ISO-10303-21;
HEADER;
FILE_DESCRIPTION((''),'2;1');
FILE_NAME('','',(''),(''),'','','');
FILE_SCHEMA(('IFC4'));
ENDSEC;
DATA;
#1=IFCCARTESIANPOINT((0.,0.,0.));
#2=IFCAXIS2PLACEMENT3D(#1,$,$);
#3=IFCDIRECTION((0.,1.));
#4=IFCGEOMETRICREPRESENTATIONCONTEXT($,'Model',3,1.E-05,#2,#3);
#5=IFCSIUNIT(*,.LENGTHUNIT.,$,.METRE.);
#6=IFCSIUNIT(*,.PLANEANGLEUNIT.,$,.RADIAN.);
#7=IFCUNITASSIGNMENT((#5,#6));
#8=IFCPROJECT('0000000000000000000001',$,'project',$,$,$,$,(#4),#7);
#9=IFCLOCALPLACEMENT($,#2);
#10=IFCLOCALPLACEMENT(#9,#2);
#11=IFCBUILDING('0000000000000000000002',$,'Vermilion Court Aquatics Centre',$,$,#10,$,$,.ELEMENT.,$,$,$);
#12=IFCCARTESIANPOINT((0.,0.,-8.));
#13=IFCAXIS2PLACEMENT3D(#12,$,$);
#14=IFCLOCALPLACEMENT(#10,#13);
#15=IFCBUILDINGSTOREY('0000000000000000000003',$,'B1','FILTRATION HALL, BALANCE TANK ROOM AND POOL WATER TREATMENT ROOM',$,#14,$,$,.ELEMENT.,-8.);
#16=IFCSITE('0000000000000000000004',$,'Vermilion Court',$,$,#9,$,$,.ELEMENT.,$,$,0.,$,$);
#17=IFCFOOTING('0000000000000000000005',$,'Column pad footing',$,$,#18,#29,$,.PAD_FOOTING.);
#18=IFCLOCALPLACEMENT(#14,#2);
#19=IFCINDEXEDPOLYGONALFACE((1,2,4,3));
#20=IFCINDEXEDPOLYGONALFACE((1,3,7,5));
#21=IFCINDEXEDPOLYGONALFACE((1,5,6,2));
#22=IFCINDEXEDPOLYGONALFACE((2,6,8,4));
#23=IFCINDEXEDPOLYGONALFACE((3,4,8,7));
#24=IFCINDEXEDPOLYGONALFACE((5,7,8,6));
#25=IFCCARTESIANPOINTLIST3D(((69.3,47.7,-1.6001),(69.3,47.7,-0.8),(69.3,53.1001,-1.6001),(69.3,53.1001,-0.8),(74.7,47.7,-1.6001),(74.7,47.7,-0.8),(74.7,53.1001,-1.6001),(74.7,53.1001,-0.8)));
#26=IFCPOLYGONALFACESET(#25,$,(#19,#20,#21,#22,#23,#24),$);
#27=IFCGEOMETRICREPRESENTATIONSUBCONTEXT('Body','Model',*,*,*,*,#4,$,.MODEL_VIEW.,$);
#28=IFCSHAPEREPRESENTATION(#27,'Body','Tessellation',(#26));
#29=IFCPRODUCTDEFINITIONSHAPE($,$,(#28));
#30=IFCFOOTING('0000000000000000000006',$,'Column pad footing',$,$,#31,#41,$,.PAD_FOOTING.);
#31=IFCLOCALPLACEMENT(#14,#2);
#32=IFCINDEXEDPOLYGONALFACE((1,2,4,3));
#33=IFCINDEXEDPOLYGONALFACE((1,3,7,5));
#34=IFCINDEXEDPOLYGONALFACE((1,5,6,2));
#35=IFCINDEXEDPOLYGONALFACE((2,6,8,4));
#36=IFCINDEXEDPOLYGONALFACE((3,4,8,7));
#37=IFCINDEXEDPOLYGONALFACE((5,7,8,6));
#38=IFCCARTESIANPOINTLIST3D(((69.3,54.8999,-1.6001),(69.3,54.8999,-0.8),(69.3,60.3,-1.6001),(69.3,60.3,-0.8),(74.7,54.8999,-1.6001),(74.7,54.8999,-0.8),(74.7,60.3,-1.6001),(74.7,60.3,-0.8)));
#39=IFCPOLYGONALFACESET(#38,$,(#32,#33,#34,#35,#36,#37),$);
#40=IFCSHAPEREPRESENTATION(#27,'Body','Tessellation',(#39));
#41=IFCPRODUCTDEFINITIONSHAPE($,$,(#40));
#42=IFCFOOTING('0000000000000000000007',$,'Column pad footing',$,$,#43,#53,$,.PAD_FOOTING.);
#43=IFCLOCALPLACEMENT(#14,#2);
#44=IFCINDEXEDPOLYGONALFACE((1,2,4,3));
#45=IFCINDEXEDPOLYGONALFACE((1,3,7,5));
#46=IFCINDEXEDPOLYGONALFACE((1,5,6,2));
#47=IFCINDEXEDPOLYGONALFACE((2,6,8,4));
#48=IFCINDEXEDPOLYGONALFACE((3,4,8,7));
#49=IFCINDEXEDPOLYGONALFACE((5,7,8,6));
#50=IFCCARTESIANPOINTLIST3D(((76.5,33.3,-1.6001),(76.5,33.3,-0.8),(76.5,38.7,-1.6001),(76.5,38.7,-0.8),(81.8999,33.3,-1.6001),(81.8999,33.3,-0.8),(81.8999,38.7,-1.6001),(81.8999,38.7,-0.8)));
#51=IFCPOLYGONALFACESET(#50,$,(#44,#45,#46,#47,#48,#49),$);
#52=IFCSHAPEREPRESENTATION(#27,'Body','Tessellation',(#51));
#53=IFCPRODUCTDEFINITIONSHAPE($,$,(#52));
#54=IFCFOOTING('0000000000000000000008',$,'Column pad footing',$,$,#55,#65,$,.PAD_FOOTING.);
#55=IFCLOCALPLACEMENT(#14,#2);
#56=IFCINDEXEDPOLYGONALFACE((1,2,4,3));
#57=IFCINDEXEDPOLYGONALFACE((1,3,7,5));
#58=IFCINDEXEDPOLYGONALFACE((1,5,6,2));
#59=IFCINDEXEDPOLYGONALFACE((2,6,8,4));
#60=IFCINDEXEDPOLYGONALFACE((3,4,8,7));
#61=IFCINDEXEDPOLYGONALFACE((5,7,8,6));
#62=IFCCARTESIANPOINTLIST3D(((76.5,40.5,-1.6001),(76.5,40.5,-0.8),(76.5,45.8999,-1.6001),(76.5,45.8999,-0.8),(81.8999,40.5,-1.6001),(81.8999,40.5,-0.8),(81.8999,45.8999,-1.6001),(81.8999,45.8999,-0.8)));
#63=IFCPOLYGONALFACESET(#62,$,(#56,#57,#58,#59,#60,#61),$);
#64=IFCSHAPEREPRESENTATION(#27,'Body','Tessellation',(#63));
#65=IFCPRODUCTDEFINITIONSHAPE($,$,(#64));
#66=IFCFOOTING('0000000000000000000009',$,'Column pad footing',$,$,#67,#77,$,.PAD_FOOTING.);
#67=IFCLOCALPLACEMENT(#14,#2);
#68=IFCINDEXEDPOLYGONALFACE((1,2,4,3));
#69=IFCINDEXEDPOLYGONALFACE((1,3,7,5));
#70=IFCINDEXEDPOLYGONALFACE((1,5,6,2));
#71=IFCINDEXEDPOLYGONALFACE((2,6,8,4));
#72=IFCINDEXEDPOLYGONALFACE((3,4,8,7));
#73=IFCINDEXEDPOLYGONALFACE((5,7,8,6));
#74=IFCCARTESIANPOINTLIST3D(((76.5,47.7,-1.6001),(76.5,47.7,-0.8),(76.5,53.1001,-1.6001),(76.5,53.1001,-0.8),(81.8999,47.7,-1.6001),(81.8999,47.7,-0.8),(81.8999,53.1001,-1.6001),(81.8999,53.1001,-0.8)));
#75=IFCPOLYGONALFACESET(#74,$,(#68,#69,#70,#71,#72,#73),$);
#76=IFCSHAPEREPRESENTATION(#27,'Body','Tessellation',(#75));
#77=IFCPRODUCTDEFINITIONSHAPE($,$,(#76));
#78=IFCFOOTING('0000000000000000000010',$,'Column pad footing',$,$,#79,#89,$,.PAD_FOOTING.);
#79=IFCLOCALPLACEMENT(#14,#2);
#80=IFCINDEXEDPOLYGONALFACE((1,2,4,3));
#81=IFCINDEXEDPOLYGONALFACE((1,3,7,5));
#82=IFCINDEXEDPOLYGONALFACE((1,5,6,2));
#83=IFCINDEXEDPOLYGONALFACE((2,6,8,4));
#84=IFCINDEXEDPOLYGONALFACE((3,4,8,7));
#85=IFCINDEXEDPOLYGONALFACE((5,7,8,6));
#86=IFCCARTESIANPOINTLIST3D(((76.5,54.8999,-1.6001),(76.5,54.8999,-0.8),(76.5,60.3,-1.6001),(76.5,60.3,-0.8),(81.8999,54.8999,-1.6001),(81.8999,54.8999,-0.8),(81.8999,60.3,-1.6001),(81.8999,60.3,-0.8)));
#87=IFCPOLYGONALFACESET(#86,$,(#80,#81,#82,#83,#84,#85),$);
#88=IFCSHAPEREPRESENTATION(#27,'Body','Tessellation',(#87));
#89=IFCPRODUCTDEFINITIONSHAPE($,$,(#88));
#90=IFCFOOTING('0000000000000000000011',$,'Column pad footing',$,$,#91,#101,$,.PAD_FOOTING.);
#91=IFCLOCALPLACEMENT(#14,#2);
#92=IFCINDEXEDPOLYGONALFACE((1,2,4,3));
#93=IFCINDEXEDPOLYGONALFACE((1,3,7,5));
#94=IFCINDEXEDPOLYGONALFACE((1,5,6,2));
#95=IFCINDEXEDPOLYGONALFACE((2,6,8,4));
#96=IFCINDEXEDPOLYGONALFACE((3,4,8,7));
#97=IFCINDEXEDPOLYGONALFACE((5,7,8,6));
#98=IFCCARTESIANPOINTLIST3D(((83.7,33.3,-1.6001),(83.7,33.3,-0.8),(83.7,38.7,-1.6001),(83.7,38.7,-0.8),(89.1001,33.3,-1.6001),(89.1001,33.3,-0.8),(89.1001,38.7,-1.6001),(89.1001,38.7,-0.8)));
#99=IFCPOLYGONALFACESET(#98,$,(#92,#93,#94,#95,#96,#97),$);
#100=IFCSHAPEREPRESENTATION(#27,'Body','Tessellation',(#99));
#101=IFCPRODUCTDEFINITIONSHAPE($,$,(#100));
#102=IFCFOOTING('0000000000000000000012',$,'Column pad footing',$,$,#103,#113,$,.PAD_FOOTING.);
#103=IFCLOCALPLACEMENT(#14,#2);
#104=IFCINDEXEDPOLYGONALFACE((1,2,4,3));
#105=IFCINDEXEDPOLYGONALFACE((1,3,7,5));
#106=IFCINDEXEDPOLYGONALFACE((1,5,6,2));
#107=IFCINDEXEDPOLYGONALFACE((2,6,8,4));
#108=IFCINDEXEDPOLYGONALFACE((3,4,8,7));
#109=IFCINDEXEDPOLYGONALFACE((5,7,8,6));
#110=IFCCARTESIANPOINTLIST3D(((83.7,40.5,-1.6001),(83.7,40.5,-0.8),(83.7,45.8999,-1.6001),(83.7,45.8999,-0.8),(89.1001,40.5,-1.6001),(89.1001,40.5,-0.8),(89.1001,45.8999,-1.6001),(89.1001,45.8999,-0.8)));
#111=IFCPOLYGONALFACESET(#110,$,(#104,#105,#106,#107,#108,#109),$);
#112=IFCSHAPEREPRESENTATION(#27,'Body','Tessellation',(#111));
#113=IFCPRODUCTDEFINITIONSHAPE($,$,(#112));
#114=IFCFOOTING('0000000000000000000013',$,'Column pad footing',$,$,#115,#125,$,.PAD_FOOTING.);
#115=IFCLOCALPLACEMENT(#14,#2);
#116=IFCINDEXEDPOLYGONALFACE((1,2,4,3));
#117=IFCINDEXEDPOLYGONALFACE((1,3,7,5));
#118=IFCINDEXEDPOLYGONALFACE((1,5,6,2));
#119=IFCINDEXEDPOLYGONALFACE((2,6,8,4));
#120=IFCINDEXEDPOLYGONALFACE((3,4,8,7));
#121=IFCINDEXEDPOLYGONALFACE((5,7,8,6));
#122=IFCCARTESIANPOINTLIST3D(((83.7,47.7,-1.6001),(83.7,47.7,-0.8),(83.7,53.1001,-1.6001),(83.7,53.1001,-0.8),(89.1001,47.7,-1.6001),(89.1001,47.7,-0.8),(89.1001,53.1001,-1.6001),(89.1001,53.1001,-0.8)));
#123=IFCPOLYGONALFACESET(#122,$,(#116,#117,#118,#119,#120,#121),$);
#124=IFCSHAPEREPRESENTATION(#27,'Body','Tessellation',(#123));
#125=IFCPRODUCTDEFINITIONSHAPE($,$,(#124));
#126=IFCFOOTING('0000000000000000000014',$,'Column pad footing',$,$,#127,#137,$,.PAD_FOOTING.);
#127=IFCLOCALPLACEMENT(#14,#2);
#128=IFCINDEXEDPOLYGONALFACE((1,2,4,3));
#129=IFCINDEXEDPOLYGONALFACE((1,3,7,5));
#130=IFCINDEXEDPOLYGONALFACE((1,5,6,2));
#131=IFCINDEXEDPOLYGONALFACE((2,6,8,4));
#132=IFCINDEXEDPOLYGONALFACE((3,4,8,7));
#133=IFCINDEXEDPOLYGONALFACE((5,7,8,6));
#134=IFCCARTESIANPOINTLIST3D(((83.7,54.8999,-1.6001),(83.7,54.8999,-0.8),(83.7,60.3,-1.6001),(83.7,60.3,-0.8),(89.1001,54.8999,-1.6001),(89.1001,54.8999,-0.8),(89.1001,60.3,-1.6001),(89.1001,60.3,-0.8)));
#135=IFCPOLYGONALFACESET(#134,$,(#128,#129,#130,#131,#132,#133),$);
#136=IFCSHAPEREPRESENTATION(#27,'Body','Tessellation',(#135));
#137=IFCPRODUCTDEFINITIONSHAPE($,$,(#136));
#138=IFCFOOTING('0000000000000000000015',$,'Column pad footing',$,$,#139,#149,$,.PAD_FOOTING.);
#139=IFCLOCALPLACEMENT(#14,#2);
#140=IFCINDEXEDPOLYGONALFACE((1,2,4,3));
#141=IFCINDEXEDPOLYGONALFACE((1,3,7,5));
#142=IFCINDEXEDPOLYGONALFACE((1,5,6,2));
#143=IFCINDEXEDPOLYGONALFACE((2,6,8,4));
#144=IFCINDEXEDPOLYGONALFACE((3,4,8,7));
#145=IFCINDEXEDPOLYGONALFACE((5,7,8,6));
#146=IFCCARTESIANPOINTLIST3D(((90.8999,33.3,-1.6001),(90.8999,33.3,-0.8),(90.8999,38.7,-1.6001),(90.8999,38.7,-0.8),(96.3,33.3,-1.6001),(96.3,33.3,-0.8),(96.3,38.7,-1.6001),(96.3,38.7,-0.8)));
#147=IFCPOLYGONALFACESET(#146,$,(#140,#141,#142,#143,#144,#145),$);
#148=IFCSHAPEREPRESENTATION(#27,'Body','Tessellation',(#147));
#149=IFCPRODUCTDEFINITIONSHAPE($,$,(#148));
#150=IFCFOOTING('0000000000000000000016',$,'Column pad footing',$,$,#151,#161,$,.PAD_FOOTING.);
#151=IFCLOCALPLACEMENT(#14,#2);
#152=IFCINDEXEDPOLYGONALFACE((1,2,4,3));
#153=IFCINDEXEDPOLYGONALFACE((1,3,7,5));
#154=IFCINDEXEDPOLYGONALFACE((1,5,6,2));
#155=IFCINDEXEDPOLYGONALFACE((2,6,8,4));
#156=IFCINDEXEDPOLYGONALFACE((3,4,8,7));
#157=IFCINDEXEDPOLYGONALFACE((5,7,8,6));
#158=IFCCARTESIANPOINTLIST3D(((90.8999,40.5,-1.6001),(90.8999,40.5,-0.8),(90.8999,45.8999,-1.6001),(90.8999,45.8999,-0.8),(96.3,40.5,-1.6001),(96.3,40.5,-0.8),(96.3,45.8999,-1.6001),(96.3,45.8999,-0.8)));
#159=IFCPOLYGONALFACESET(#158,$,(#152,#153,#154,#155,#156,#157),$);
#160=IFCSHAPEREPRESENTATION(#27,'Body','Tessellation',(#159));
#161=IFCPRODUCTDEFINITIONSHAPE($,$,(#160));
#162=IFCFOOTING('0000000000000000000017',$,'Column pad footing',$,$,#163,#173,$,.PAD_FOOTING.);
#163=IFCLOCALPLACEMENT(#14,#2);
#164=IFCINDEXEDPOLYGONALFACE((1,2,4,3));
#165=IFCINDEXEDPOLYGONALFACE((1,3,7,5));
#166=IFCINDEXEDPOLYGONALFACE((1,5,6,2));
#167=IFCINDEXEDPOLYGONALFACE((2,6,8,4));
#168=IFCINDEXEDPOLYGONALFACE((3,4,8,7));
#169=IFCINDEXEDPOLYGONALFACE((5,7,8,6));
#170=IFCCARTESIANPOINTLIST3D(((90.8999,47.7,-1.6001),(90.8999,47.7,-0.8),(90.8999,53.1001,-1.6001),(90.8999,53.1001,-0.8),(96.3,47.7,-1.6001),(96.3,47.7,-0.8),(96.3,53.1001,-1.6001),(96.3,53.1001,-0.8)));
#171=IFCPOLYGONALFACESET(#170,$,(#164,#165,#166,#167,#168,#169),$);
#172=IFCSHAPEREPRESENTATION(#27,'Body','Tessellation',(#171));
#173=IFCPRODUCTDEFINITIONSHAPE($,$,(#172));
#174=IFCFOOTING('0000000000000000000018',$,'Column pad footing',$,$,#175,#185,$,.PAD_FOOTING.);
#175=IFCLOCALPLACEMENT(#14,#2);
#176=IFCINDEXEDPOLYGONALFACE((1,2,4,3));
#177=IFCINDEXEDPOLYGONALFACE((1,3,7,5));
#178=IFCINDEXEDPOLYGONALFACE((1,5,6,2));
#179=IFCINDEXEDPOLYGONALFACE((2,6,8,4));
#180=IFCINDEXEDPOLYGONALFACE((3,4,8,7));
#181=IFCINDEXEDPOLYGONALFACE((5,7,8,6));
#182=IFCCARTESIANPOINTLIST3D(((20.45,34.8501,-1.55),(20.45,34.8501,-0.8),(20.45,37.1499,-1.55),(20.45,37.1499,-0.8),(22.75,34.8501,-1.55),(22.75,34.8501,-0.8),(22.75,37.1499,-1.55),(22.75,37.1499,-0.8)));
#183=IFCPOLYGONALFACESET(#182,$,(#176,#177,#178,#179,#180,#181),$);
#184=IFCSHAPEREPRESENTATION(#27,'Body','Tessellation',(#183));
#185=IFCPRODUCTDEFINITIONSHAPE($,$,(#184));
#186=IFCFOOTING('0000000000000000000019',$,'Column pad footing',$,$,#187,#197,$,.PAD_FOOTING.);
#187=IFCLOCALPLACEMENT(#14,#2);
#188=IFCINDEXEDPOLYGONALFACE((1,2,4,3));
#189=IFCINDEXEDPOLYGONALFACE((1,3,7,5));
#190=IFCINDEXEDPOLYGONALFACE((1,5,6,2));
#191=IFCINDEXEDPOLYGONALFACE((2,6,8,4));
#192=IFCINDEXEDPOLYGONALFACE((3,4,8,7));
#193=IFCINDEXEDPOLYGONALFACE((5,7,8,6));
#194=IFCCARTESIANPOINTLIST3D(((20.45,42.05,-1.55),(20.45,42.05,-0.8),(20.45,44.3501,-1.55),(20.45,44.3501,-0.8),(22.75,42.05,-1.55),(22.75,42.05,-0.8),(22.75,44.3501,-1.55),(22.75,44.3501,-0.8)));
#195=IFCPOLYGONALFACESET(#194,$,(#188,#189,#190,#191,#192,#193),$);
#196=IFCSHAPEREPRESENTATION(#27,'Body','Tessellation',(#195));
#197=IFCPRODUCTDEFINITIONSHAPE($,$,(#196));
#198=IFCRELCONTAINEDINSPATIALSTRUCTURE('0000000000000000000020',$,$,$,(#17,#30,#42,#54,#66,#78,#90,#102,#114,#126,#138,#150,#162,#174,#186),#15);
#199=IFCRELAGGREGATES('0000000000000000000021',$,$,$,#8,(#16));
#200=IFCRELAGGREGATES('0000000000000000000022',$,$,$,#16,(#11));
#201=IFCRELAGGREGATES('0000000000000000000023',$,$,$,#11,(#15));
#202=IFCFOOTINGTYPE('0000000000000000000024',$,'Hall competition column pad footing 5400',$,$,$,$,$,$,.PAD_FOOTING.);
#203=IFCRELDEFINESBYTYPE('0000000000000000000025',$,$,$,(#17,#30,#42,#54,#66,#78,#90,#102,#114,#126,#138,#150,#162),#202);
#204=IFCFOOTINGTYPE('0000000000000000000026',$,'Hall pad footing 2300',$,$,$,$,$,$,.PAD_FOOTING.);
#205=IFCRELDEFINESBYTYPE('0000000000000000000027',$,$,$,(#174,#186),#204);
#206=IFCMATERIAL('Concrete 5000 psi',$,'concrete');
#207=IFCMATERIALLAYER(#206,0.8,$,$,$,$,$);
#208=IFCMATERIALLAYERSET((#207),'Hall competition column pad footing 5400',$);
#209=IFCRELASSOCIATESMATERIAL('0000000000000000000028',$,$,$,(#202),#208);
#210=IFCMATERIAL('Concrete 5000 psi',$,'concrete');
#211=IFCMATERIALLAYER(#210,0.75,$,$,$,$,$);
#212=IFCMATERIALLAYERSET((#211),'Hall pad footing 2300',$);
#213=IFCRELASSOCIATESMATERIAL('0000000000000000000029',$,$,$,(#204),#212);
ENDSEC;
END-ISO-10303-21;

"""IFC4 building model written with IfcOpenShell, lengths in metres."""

from ifc_helpers import new_model, si_unit, direction, frame, origin, place, context, subcontext, project, spatial, polyline, outline, extrude, material, layer, layer_set, type_object, element, save


model = new_model("IFC4")

# Units and contexts
model_context = context("Model", 3, precision=1e-05, world=origin(), true_north=direction((0.0, 1.0)))
body_context = subcontext(model_context, "Body", "Model", "MODEL_VIEW")
ifc_project = project(units=[si_unit("LENGTHUNIT", "METRE"), si_unit("PLANEANGLEUNIT", "RADIAN")], contexts=[model_context])

# Site, building, storey
site_placement = place(None, origin())
site = spatial("IfcSite", under=ifc_project, at=site_placement, Name="Vermilion Court", CompositionType="ELEMENT", RefElevation=0.0)
building_placement = place(site_placement, origin())
building = spatial("IfcBuilding", under=site, at=building_placement, Name="Vermilion Court Aquatics Centre", CompositionType="ELEMENT")
storey_placement = place(building_placement, frame((0.0, 0.0, -8.0)))
storey = spatial("IfcBuildingStorey", under=building, at=storey_placement, Name="B1", Description="FILTRATION HALL, BALANCE TANK ROOM AND POOL WATER TREATMENT ROOM", CompositionType="ELEMENT", Elevation=-8.0)

# Footings
ifc_material_1 = material(Name="Concrete 5000 psi", Category="concrete")
ifc_layer_1 = layer(ifc_material_1, 0.8)
ifc_layer_set_1 = layer_set([ifc_layer_1], Name="Hall competition column pad footing 5400")
footing_type_1 = type_object("IfcFootingType", Name="Hall competition column pad footing 5400", PredefinedType="PAD_FOOTING", material=ifc_layer_set_1)
footing_1_placement = place(storey_placement, frame((0.0, 0.0, -1.6001)))
element("IfcFooting", 1, at=footing_1_placement, inside=storey, type_object=footing_type_1, Name="Column pad footing", PredefinedType="PAD_FOOTING", context=body_context, shape_type="SweptSolid", body=[
    extrude(outline(polyline([(69.3, 47.7), (74.7, 47.7), (74.7, 53.1001), (69.3, 53.1001), (69.3, 47.7)])), origin(), (0.0, 0.0, 1.0), 0.8),
])
footing_2_placement = place(storey_placement, frame((0.0, 0.0, -1.6001)))
element("IfcFooting", 2, at=footing_2_placement, inside=storey, type_object=footing_type_1, Name="Column pad footing", PredefinedType="PAD_FOOTING", context=body_context, shape_type="SweptSolid", body=[
    extrude(outline(polyline([(69.3, 54.8999), (74.7, 54.8999), (74.7, 60.3), (69.3, 60.3), (69.3, 54.8999)])), origin(), (0.0, 0.0, 1.0), 0.8),
])
footing_3_placement = place(storey_placement, frame((0.0, 0.0, -1.6001)))
element("IfcFooting", 3, at=footing_3_placement, inside=storey, type_object=footing_type_1, Name="Column pad footing", PredefinedType="PAD_FOOTING", context=body_context, shape_type="SweptSolid", body=[
    extrude(outline(polyline([(76.5, 33.3), (81.8999, 33.3), (81.8999, 38.7), (76.5, 38.7), (76.5, 33.3)])), origin(), (0.0, 0.0, 1.0), 0.8),
])
footing_4_placement = place(storey_placement, frame((0.0, 0.0, -1.6001)))
element("IfcFooting", 4, at=footing_4_placement, inside=storey, type_object=footing_type_1, Name="Column pad footing", PredefinedType="PAD_FOOTING", context=body_context, shape_type="SweptSolid", body=[
    extrude(outline(polyline([(76.5, 40.5), (81.8999, 40.5), (81.8999, 45.8999), (76.5, 45.8999), (76.5, 40.5)])), origin(), (0.0, 0.0, 1.0), 0.8),
])
footing_5_placement = place(storey_placement, frame((0.0, 0.0, -1.6001)))
element("IfcFooting", 5, at=footing_5_placement, inside=storey, type_object=footing_type_1, Name="Column pad footing", PredefinedType="PAD_FOOTING", context=body_context, shape_type="SweptSolid", body=[
    extrude(outline(polyline([(76.5, 47.7), (81.8999, 47.7), (81.8999, 53.1001), (76.5, 53.1001), (76.5, 47.7)])), origin(), (0.0, 0.0, 1.0), 0.8),
])
footing_6_placement = place(storey_placement, frame((0.0, 0.0, -1.6001)))
element("IfcFooting", 6, at=footing_6_placement, inside=storey, type_object=footing_type_1, Name="Column pad footing", PredefinedType="PAD_FOOTING", context=body_context, shape_type="SweptSolid", body=[
    extrude(outline(polyline([(76.5, 54.8999), (81.8999, 54.8999), (81.8999, 60.3), (76.5, 60.3), (76.5, 54.8999)])), origin(), (0.0, 0.0, 1.0), 0.8),
])
footing_7_placement = place(storey_placement, frame((0.0, 0.0, -1.6001)))
element("IfcFooting", 7, at=footing_7_placement, inside=storey, type_object=footing_type_1, Name="Column pad footing", PredefinedType="PAD_FOOTING", context=body_context, shape_type="SweptSolid", body=[
    extrude(outline(polyline([(83.7, 33.3), (89.1001, 33.3), (89.1001, 38.7), (83.7, 38.7), (83.7, 33.3)])), origin(), (0.0, 0.0, 1.0), 0.8),
])
footing_8_placement = place(storey_placement, frame((0.0, 0.0, -1.6001)))
element("IfcFooting", 8, at=footing_8_placement, inside=storey, type_object=footing_type_1, Name="Column pad footing", PredefinedType="PAD_FOOTING", context=body_context, shape_type="SweptSolid", body=[
    extrude(outline(polyline([(83.7, 40.5), (89.1001, 40.5), (89.1001, 45.8999), (83.7, 45.8999), (83.7, 40.5)])), origin(), (0.0, 0.0, 1.0), 0.8),
])
footing_9_placement = place(storey_placement, frame((0.0, 0.0, -1.6001)))
element("IfcFooting", 9, at=footing_9_placement, inside=storey, type_object=footing_type_1, Name="Column pad footing", PredefinedType="PAD_FOOTING", context=body_context, shape_type="SweptSolid", body=[
    extrude(outline(polyline([(83.7, 47.7), (89.1001, 47.7), (89.1001, 53.1001), (83.7, 53.1001), (83.7, 47.7)])), origin(), (0.0, 0.0, 1.0), 0.8),
])
footing_10_placement = place(storey_placement, frame((0.0, 0.0, -1.6001)))
element("IfcFooting", 10, at=footing_10_placement, inside=storey, type_object=footing_type_1, Name="Column pad footing", PredefinedType="PAD_FOOTING", context=body_context, shape_type="SweptSolid", body=[
    extrude(outline(polyline([(83.7, 54.8999), (89.1001, 54.8999), (89.1001, 60.3), (83.7, 60.3), (83.7, 54.8999)])), origin(), (0.0, 0.0, 1.0), 0.8),
])
footing_11_placement = place(storey_placement, frame((0.0, 0.0, -1.6001)))
element("IfcFooting", 11, at=footing_11_placement, inside=storey, type_object=footing_type_1, Name="Column pad footing", PredefinedType="PAD_FOOTING", context=body_context, shape_type="SweptSolid", body=[
    extrude(outline(polyline([(90.8999, 33.3), (96.3, 33.3), (96.3, 38.7), (90.8999, 38.7), (90.8999, 33.3)])), origin(), (0.0, 0.0, 1.0), 0.8),
])
footing_12_placement = place(storey_placement, frame((0.0, 0.0, -1.6001)))
element("IfcFooting", 12, at=footing_12_placement, inside=storey, type_object=footing_type_1, Name="Column pad footing", PredefinedType="PAD_FOOTING", context=body_context, shape_type="SweptSolid", body=[
    extrude(outline(polyline([(90.8999, 40.5), (96.3, 40.5), (96.3, 45.8999), (90.8999, 45.8999), (90.8999, 40.5)])), origin(), (0.0, 0.0, 1.0), 0.8),
])
footing_13_placement = place(storey_placement, frame((0.0, 0.0, -1.6001)))
element("IfcFooting", 13, at=footing_13_placement, inside=storey, type_object=footing_type_1, Name="Column pad footing", PredefinedType="PAD_FOOTING", context=body_context, shape_type="SweptSolid", body=[
    extrude(outline(polyline([(90.8999, 47.7), (96.3, 47.7), (96.3, 53.1001), (90.8999, 53.1001), (90.8999, 47.7)])), origin(), (0.0, 0.0, 1.0), 0.8),
])
ifc_material_2 = material(Name="Concrete 5000 psi", Category="concrete")
ifc_layer_2 = layer(ifc_material_2, 0.75)
ifc_layer_set_2 = layer_set([ifc_layer_2], Name="Hall pad footing 2300")
footing_type_2 = type_object("IfcFootingType", Name="Hall pad footing 2300", PredefinedType="PAD_FOOTING", material=ifc_layer_set_2)
footing_14_placement = place(storey_placement, frame((0.0, 0.0, -1.55)))
element("IfcFooting", 14, at=footing_14_placement, inside=storey, type_object=footing_type_2, Name="Column pad footing", PredefinedType="PAD_FOOTING", context=body_context, shape_type="SweptSolid", body=[
    extrude(outline(polyline([(20.45, 34.8501), (22.75, 34.8501), (22.75, 37.1499), (20.45, 37.1499), (20.45, 34.8501)])), origin(), (0.0, 0.0, 1.0), 0.75),
])
footing_15_placement = place(storey_placement, frame((0.0, 0.0, -1.55)))
element("IfcFooting", 15, at=footing_15_placement, inside=storey, type_object=footing_type_2, Name="Column pad footing", PredefinedType="PAD_FOOTING", context=body_context, shape_type="SweptSolid", body=[
    extrude(outline(polyline([(20.45, 42.05), (22.75, 42.05), (22.75, 44.3501), (20.45, 44.3501), (20.45, 42.05)])), origin(), (0.0, 0.0, 1.0), 0.75),
])

save(model, "model.ifc")
